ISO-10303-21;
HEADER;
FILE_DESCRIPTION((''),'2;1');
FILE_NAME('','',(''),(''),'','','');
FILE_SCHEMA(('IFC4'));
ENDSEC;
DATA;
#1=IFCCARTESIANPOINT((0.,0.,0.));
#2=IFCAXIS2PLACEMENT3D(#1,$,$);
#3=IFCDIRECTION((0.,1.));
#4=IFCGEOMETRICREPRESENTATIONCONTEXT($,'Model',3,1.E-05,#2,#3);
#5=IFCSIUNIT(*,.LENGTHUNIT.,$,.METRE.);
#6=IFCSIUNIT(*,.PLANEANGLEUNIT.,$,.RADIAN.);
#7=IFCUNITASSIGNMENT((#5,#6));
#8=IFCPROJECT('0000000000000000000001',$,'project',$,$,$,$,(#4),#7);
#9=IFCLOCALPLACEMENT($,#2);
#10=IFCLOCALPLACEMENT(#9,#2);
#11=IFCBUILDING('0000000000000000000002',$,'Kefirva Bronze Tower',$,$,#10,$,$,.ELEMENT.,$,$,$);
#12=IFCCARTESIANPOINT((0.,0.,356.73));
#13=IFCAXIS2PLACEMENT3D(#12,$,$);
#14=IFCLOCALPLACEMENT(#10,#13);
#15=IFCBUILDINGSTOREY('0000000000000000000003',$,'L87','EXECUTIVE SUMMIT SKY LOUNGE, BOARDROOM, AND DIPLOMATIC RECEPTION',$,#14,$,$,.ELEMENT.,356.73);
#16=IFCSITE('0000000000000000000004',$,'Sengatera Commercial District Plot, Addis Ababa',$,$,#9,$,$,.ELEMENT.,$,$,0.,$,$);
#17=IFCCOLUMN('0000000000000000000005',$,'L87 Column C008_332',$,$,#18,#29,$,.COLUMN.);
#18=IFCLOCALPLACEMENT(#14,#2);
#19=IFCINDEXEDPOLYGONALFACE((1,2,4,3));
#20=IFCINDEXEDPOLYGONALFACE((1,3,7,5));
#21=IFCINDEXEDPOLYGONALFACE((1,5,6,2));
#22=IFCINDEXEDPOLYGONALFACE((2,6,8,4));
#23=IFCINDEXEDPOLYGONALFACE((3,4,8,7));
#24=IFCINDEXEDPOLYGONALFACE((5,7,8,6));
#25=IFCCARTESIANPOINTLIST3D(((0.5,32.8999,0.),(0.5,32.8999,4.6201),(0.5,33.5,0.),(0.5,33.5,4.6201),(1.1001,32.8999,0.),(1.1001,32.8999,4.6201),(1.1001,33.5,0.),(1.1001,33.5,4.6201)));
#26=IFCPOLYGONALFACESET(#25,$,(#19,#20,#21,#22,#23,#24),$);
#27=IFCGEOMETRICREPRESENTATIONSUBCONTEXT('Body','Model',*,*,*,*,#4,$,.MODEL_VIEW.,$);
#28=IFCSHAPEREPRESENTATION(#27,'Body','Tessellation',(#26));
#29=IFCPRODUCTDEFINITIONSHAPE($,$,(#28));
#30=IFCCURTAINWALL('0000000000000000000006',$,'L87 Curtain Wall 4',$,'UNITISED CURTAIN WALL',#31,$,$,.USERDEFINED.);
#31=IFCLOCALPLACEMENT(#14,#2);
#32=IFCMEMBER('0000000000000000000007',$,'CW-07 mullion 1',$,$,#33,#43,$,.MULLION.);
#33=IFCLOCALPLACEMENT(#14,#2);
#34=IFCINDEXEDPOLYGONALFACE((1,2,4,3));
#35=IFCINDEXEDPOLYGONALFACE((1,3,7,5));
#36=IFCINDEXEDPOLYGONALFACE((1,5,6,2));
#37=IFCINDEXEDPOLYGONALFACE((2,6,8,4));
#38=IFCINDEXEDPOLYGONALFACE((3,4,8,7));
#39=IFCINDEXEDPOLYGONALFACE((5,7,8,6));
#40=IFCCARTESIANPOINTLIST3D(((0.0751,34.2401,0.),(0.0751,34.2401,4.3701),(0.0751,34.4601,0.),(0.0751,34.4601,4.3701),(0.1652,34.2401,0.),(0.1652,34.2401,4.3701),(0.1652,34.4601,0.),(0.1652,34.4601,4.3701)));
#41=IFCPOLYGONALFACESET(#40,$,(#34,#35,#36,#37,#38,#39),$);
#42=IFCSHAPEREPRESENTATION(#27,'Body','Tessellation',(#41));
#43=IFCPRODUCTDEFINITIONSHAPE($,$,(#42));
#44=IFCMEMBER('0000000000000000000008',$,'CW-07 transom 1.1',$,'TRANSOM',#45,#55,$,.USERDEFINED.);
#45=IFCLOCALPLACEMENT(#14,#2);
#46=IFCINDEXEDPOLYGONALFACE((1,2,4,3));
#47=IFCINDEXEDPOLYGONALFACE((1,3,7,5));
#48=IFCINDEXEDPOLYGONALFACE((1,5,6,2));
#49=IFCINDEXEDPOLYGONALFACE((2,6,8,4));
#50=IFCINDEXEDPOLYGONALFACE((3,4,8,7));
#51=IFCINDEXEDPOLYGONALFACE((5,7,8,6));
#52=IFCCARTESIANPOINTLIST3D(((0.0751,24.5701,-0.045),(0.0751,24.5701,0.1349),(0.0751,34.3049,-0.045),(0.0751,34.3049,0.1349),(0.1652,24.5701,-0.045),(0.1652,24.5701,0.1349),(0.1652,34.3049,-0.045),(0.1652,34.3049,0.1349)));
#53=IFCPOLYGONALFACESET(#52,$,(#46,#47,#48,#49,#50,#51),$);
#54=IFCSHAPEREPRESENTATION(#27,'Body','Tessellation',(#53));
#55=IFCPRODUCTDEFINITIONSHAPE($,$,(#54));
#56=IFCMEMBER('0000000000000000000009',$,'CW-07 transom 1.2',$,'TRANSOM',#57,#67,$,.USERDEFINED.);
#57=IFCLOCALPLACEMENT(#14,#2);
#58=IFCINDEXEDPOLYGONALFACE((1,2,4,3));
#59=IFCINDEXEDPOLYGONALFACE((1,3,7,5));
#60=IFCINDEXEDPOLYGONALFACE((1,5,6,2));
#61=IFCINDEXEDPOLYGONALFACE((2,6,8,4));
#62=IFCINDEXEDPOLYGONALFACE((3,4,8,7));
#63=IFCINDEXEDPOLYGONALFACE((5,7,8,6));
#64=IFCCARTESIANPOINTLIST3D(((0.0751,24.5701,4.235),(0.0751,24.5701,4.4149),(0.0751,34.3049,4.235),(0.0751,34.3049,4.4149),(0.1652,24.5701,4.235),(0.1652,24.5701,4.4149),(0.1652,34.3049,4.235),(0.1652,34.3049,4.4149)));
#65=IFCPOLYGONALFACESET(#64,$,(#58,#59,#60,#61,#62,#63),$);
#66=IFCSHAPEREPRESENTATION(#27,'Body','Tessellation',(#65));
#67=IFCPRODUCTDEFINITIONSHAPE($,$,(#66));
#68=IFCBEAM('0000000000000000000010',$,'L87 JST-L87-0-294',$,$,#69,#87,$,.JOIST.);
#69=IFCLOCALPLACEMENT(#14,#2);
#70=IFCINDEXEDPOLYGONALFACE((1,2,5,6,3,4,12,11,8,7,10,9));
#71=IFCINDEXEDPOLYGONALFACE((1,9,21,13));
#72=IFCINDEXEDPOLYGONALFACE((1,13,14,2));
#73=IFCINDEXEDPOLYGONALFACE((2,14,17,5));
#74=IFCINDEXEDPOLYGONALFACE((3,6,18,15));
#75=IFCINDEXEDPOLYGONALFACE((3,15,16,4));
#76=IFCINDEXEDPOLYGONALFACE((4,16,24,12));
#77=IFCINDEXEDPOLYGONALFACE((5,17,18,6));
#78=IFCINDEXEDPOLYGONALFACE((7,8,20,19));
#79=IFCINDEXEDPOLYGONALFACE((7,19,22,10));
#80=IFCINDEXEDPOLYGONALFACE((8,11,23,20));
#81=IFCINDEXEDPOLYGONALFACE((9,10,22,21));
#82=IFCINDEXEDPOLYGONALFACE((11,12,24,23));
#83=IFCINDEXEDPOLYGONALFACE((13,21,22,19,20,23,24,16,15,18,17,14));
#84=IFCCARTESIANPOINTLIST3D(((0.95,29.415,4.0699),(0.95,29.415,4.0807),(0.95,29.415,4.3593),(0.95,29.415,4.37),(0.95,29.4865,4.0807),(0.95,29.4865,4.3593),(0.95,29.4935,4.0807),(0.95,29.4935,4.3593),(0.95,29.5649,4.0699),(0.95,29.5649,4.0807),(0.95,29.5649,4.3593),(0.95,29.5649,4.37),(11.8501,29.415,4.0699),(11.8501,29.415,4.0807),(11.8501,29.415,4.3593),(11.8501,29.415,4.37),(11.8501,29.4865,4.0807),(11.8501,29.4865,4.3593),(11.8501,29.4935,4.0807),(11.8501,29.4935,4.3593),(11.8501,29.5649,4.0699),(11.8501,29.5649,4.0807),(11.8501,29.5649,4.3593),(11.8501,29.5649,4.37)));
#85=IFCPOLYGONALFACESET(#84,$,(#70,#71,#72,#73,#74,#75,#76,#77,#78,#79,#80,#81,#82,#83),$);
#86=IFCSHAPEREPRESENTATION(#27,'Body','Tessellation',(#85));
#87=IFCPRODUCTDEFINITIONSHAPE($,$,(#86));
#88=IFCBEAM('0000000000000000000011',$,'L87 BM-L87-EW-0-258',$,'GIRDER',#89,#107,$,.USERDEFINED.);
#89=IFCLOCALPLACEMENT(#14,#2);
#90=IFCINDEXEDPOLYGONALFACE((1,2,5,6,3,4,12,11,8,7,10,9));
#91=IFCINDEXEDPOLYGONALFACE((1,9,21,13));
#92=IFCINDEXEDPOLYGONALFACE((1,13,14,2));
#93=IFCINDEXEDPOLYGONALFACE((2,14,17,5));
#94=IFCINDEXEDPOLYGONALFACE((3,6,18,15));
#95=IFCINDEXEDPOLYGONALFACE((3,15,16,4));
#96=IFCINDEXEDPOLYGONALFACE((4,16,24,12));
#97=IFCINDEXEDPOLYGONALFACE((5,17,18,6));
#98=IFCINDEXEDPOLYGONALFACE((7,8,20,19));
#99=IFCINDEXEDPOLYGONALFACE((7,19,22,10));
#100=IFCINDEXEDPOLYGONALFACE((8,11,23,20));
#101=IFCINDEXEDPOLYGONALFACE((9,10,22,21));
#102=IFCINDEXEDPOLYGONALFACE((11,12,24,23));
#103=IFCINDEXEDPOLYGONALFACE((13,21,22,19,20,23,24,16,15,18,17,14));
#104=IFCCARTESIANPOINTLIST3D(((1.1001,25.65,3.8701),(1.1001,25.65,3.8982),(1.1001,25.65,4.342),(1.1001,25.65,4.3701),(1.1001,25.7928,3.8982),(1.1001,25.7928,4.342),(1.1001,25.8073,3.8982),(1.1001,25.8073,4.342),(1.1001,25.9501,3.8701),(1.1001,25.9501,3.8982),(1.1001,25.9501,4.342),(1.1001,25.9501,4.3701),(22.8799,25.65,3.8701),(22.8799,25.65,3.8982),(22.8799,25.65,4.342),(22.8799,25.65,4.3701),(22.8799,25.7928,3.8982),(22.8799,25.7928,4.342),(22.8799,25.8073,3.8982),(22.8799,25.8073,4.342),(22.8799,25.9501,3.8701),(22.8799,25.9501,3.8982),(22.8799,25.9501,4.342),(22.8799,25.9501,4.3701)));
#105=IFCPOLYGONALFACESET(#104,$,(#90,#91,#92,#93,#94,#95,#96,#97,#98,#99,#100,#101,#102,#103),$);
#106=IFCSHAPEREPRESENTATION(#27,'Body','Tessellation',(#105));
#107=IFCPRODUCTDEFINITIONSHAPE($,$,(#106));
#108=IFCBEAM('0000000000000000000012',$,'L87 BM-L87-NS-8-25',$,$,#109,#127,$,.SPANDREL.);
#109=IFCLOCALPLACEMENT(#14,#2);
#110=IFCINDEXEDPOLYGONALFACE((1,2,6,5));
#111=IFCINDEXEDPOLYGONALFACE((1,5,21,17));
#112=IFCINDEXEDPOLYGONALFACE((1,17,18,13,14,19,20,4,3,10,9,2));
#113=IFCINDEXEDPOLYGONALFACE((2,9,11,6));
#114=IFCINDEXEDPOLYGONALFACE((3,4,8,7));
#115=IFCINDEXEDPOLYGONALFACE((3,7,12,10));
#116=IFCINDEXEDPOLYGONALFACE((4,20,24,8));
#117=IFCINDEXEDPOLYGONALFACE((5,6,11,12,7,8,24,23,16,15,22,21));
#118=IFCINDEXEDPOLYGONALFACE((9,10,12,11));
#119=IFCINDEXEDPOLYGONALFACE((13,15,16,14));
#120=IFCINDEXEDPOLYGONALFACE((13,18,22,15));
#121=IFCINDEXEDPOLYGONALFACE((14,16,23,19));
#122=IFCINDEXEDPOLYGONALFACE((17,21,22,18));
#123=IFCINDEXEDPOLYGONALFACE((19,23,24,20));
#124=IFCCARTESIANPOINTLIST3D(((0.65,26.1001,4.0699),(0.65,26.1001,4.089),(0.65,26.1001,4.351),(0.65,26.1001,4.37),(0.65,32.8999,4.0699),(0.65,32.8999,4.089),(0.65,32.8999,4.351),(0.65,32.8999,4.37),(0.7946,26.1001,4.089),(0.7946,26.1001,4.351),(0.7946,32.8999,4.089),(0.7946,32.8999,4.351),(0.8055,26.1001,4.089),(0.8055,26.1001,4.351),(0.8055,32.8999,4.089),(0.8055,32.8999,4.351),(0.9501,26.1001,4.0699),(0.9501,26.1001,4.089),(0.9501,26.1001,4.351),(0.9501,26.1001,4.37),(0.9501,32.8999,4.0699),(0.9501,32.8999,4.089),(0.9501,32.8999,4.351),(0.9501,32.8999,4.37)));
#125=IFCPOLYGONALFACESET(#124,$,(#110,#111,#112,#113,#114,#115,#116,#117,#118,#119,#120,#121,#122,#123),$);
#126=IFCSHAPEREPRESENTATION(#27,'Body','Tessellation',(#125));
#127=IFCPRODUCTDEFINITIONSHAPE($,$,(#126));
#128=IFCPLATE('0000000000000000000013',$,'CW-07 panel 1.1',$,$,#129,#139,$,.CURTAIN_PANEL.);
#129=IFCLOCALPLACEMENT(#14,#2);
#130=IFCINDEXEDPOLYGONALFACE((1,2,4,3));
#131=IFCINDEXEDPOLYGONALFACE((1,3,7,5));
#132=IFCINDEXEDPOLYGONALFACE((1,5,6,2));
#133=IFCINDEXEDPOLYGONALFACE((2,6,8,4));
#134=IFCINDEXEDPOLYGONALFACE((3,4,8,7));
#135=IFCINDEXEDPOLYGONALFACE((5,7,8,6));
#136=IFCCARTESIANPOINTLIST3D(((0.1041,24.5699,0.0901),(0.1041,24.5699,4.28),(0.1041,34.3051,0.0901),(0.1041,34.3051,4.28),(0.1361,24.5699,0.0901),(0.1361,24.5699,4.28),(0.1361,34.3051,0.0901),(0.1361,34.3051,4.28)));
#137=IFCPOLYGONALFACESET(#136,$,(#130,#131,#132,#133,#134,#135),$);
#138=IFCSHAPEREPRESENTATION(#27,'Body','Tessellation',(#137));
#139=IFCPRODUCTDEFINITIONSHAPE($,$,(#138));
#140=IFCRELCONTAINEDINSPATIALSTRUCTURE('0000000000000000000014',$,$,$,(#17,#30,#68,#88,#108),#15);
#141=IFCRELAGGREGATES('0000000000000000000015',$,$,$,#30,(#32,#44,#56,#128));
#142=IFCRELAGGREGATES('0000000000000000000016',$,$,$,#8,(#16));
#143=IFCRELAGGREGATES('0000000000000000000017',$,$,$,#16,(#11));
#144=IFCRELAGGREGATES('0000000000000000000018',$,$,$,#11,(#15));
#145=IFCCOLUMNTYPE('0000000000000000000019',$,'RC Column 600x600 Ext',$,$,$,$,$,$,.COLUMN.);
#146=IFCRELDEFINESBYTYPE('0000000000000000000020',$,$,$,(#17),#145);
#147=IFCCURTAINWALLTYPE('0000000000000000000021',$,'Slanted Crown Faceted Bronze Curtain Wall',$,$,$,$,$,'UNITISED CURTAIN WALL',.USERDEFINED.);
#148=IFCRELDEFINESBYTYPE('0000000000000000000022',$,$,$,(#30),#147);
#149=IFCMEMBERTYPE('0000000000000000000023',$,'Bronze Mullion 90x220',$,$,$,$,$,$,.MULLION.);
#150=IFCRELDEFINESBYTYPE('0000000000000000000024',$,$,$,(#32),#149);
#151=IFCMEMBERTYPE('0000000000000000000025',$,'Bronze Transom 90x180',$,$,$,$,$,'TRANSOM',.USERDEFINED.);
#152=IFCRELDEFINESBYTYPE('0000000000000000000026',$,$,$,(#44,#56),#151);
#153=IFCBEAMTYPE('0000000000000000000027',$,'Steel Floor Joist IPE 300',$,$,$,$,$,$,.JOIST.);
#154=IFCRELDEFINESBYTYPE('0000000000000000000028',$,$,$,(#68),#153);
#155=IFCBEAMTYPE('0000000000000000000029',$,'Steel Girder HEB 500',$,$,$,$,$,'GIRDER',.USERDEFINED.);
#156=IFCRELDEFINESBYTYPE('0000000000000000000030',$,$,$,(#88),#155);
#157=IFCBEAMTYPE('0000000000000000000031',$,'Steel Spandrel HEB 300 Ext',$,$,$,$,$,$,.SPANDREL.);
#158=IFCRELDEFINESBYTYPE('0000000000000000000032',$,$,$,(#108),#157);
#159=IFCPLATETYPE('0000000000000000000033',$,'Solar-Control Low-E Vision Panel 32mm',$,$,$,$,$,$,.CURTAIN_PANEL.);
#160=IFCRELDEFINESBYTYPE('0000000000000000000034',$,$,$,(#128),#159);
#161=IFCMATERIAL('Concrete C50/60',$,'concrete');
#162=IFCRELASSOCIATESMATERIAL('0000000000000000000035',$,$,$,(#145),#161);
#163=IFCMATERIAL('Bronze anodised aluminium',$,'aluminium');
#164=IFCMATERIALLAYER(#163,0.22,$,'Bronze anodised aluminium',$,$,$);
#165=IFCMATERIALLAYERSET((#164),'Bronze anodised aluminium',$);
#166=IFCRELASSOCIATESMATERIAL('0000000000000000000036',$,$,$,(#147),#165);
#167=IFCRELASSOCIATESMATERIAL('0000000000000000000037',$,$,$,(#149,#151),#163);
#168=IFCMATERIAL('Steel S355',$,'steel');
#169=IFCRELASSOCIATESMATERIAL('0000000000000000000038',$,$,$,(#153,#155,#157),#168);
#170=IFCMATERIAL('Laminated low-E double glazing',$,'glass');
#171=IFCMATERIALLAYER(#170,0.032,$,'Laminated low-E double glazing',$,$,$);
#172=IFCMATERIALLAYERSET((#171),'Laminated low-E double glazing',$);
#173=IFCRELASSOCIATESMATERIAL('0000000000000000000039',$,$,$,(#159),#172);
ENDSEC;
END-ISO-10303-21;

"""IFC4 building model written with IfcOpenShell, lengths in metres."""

from ifc_helpers import new_model, si_unit, direction, frame, origin, origin_2d, place, context, subcontext, project, spatial, rectangle, i_section, extrude, material, layer, layer_set, material_profile, profile_set, type_object, element, aggregate, save


model = new_model("IFC4")

# Units and contexts
model_context = context("Model", 3, precision=1e-05, world=origin(), true_north=direction((0.0, 1.0)))
body_context = subcontext(model_context, "Body", "Model", "MODEL_VIEW")
ifc_project = project(units=[si_unit("LENGTHUNIT", "METRE"), si_unit("PLANEANGLEUNIT", "RADIAN")], contexts=[model_context])

# Site, building, storey
site_placement = place(None, origin())
site = spatial("IfcSite", under=ifc_project, at=site_placement, Name="Sengatera Commercial District Plot, Addis Ababa", CompositionType="ELEMENT", RefElevation=0.0)
building_placement = place(site_placement, origin())
building = spatial("IfcBuilding", under=site, at=building_placement, Name="Kefirva Bronze Tower", CompositionType="ELEMENT")
storey_placement = place(building_placement, frame((0.0, 0.0, 356.73)))
storey = spatial("IfcBuildingStorey", under=building, at=storey_placement, Name="L87", Description="EXECUTIVE SUMMIT SKY LOUNGE, BOARDROOM, AND DIPLOMATIC RECEPTION", CompositionType="ELEMENT", Elevation=356.73)

# Column
ifc_material_1 = material(Name="Concrete C50/60", Category="concrete")
ifc_material_profile_1 = material_profile(ifc_material_1, rectangle(XDim=0.6001, YDim=0.6001, at=origin_2d()), Name="RC 600x600")
ifc_profile_set_1 = profile_set([ifc_material_profile_1], Name="Concrete C50/60")
column_type = type_object("IfcColumnType", Name="RC Column 600x600 Ext", PredefinedType="COLUMN", material=ifc_profile_set_1)
column_placement = place(storey_placement, frame((0.8, 33.2, 0.0), z_axis=(0.0, 0.0, 1.0), x_axis=(1.0, 0.0, 0.0)))
element("IfcColumn", 1, at=column_placement, inside=storey, type_object=column_type, Name="L87 Column C008_332", PredefinedType="COLUMN", context=body_context, shape_type="SweptSolid", body=[
    extrude(rectangle(XDim=0.6001, YDim=0.6001, at=origin_2d()), origin(), (0.0, 0.0, 1.0), 4.6201),
])

# Curtain wall, members
ifc_material_2 = material(Name="Bronze anodised aluminium", Category="aluminium")
ifc_layer_1 = layer(ifc_material_2, 0.22, Name="Bronze anodised aluminium")
ifc_layer_set_1 = layer_set([ifc_layer_1], Name="Bronze anodised aluminium")
curtain_wall_type = type_object("IfcCurtainWallType", Name="Slanted Crown Faceted Bronze Curtain Wall", ElementType="UNITISED CURTAIN WALL", PredefinedType="USERDEFINED", material=ifc_layer_set_1)
curtain_wall_placement = place(storey_placement, origin())
curtain_wall = element("IfcCurtainWall", 2, at=curtain_wall_placement, inside=storey, type_object=curtain_wall_type, Name="L87 Curtain Wall 4", ObjectType="UNITISED CURTAIN WALL", PredefinedType="USERDEFINED")
ifc_material_profile_2 = material_profile(ifc_material_2, rectangle(XDim=0.0901, YDim=0.22, at=origin_2d()), Name="ALU 90x220")
ifc_profile_set_2 = profile_set([ifc_material_profile_2], Name="Bronze anodised aluminium")
member_type_1 = type_object("IfcMemberType", Name="Bronze Mullion 90x220", PredefinedType="MULLION", material=ifc_profile_set_2)
member_1_placement = place(storey_placement, frame((0.1201, 34.3501, 0.0), z_axis=(0.0, 0.0, 1.0), x_axis=(1.0, 0.0, 0.0)))
member_1 = element("IfcMember", 3, at=member_1_placement, type_object=member_type_1, Name="CW-07 mullion 1", PredefinedType="MULLION", context=body_context, shape_type="SweptSolid", body=[
    extrude(rectangle(XDim=0.0901, YDim=0.22, at=origin_2d()), origin(), (0.0, 0.0, 1.0), 4.3701),
])
ifc_material_profile_3 = material_profile(ifc_material_2, rectangle(XDim=0.0901, YDim=0.1799, at=origin_2d()), Name="ALU 90x180")
ifc_profile_set_3 = profile_set([ifc_material_profile_3], Name="Bronze anodised aluminium")
member_type_2 = type_object("IfcMemberType", Name="Bronze Transom 90x180", ElementType="TRANSOM", PredefinedType="USERDEFINED", material=ifc_profile_set_3)
member_2_placement = place(storey_placement, frame((0.1201, 34.3049, 0.0449), z_axis=(0.0, -1.0, 0.0), x_axis=(1.0, 0.0, 0.0)))
member_2 = element("IfcMember", 4, at=member_2_placement, type_object=member_type_2, Name="CW-07 transom 1.1", ObjectType="TRANSOM", PredefinedType="USERDEFINED", context=body_context, shape_type="SweptSolid", body=[
    extrude(rectangle(XDim=0.0901, YDim=0.1799, at=origin_2d()), origin(), (0.0, 0.0, 1.0), 9.7349),
])
member_3_placement = place(storey_placement, frame((0.1201, 34.3049, 4.325), z_axis=(0.0, -1.0, 0.0), x_axis=(1.0, 0.0, 0.0)))
member_3 = element("IfcMember", 5, at=member_3_placement, type_object=member_type_2, Name="CW-07 transom 1.2", ObjectType="TRANSOM", PredefinedType="USERDEFINED", context=body_context, shape_type="SweptSolid", body=[
    extrude(rectangle(XDim=0.0901, YDim=0.1799, at=origin_2d()), origin(), (0.0, 0.0, 1.0), 9.7349),
])

# Beams
ifc_material_3 = material(Name="Steel S355", Category="steel")
ifc_material_profile_4 = material_profile(ifc_material_3, i_section(OverallWidth=0.1499, OverallDepth=0.3, WebThickness=0.0071, FlangeThickness=0.0107, at=origin_2d()), Name="IPE 300")
ifc_profile_set_4 = profile_set([ifc_material_profile_4], Name="Steel S355")
beam_type_1 = type_object("IfcBeamType", Name="Steel Floor Joist IPE 300", PredefinedType="JOIST", material=ifc_profile_set_4)
beam_1_placement = place(storey_placement, frame((0.95, 29.49, 4.22), z_axis=(1.0, 0.0, 0.0), x_axis=(0.0, 1.0, 0.0)))
element("IfcBeam", 6, at=beam_1_placement, inside=storey, type_object=beam_type_1, Name="L87 JST-L87-0-294", PredefinedType="JOIST", context=body_context, shape_type="SweptSolid", body=[
    extrude(i_section(OverallWidth=0.1499, OverallDepth=0.3, WebThickness=0.0071, FlangeThickness=0.0107, at=origin_2d()), origin(), (0.0, 0.0, 1.0), 10.9001),
])
ifc_material_profile_5 = material_profile(ifc_material_3, i_section(OverallWidth=0.3, OverallDepth=0.5, WebThickness=0.0144, FlangeThickness=0.0281, at=origin_2d()), Name="HEB 500")
ifc_profile_set_5 = profile_set([ifc_material_profile_5], Name="Steel S355")
beam_type_2 = type_object("IfcBeamType", Name="Steel Girder HEB 500", ElementType="GIRDER", PredefinedType="USERDEFINED", material=ifc_profile_set_5)
beam_2_placement = place(storey_placement, frame((1.1001, 25.8, 4.1201), z_axis=(1.0, 0.0, 0.0), x_axis=(0.0, 1.0, 0.0)))
element("IfcBeam", 7, at=beam_2_placement, inside=storey, type_object=beam_type_2, Name="L87 BM-L87-EW-0-258", ObjectType="GIRDER", PredefinedType="USERDEFINED", context=body_context, shape_type="SweptSolid", body=[
    extrude(i_section(OverallWidth=0.3, OverallDepth=0.5, WebThickness=0.0144, FlangeThickness=0.0281, at=origin_2d()), origin(), (0.0, 0.0, 1.0), 21.7798),
])
ifc_material_profile_6 = material_profile(ifc_material_3, i_section(OverallWidth=0.3, OverallDepth=0.3, WebThickness=0.011, FlangeThickness=0.019, at=origin_2d()), Name="HEB 300")
ifc_profile_set_6 = profile_set([ifc_material_profile_6], Name="Steel S355")
beam_type_3 = type_object("IfcBeamType", Name="Steel Spandrel HEB 300 Ext", PredefinedType="SPANDREL", material=ifc_profile_set_6)
beam_3_placement = place(storey_placement, frame((0.8, 26.1001, 4.22), z_axis=(0.0, 1.0, 0.0), x_axis=(-1.0, 0.0, 0.0)))
element("IfcBeam", 8, at=beam_3_placement, inside=storey, type_object=beam_type_3, Name="L87 BM-L87-NS-8-25", PredefinedType="SPANDREL", context=body_context, shape_type="SweptSolid", body=[
    extrude(i_section(OverallWidth=0.3, OverallDepth=0.3, WebThickness=0.011, FlangeThickness=0.019, at=origin_2d()), origin(), (0.0, 0.0, 1.0), 6.7998),
])

# Plate
ifc_material_4 = material(Name="Laminated low-E double glazing", Category="glass")
ifc_layer_2 = layer(ifc_material_4, 0.032, Name="Laminated low-E double glazing")
ifc_layer_set_2 = layer_set([ifc_layer_2], Name="Laminated low-E double glazing")
plate_type = type_object("IfcPlateType", Name="Solar-Control Low-E Vision Panel 32mm", PredefinedType="CURTAIN_PANEL", material=ifc_layer_set_2)
plate_placement = place(storey_placement, frame((0.1201, 29.4375, 0.0901), z_axis=(0.0, 0.0, 1.0), x_axis=(0.0, -1.0, 0.0)))
plate = element("IfcPlate", 9, at=plate_placement, type_object=plate_type, Name="CW-07 panel 1.1", PredefinedType="CURTAIN_PANEL", context=body_context, shape_type="SweptSolid", body=[
    extrude(rectangle(XDim=9.7351, YDim=0.032, at=origin_2d()), origin(), (0.0, 0.0, 1.0), 4.1899),
])
aggregate(curtain_wall, [member_1, member_2, member_3, plate])

save(model, "model.ifc")
